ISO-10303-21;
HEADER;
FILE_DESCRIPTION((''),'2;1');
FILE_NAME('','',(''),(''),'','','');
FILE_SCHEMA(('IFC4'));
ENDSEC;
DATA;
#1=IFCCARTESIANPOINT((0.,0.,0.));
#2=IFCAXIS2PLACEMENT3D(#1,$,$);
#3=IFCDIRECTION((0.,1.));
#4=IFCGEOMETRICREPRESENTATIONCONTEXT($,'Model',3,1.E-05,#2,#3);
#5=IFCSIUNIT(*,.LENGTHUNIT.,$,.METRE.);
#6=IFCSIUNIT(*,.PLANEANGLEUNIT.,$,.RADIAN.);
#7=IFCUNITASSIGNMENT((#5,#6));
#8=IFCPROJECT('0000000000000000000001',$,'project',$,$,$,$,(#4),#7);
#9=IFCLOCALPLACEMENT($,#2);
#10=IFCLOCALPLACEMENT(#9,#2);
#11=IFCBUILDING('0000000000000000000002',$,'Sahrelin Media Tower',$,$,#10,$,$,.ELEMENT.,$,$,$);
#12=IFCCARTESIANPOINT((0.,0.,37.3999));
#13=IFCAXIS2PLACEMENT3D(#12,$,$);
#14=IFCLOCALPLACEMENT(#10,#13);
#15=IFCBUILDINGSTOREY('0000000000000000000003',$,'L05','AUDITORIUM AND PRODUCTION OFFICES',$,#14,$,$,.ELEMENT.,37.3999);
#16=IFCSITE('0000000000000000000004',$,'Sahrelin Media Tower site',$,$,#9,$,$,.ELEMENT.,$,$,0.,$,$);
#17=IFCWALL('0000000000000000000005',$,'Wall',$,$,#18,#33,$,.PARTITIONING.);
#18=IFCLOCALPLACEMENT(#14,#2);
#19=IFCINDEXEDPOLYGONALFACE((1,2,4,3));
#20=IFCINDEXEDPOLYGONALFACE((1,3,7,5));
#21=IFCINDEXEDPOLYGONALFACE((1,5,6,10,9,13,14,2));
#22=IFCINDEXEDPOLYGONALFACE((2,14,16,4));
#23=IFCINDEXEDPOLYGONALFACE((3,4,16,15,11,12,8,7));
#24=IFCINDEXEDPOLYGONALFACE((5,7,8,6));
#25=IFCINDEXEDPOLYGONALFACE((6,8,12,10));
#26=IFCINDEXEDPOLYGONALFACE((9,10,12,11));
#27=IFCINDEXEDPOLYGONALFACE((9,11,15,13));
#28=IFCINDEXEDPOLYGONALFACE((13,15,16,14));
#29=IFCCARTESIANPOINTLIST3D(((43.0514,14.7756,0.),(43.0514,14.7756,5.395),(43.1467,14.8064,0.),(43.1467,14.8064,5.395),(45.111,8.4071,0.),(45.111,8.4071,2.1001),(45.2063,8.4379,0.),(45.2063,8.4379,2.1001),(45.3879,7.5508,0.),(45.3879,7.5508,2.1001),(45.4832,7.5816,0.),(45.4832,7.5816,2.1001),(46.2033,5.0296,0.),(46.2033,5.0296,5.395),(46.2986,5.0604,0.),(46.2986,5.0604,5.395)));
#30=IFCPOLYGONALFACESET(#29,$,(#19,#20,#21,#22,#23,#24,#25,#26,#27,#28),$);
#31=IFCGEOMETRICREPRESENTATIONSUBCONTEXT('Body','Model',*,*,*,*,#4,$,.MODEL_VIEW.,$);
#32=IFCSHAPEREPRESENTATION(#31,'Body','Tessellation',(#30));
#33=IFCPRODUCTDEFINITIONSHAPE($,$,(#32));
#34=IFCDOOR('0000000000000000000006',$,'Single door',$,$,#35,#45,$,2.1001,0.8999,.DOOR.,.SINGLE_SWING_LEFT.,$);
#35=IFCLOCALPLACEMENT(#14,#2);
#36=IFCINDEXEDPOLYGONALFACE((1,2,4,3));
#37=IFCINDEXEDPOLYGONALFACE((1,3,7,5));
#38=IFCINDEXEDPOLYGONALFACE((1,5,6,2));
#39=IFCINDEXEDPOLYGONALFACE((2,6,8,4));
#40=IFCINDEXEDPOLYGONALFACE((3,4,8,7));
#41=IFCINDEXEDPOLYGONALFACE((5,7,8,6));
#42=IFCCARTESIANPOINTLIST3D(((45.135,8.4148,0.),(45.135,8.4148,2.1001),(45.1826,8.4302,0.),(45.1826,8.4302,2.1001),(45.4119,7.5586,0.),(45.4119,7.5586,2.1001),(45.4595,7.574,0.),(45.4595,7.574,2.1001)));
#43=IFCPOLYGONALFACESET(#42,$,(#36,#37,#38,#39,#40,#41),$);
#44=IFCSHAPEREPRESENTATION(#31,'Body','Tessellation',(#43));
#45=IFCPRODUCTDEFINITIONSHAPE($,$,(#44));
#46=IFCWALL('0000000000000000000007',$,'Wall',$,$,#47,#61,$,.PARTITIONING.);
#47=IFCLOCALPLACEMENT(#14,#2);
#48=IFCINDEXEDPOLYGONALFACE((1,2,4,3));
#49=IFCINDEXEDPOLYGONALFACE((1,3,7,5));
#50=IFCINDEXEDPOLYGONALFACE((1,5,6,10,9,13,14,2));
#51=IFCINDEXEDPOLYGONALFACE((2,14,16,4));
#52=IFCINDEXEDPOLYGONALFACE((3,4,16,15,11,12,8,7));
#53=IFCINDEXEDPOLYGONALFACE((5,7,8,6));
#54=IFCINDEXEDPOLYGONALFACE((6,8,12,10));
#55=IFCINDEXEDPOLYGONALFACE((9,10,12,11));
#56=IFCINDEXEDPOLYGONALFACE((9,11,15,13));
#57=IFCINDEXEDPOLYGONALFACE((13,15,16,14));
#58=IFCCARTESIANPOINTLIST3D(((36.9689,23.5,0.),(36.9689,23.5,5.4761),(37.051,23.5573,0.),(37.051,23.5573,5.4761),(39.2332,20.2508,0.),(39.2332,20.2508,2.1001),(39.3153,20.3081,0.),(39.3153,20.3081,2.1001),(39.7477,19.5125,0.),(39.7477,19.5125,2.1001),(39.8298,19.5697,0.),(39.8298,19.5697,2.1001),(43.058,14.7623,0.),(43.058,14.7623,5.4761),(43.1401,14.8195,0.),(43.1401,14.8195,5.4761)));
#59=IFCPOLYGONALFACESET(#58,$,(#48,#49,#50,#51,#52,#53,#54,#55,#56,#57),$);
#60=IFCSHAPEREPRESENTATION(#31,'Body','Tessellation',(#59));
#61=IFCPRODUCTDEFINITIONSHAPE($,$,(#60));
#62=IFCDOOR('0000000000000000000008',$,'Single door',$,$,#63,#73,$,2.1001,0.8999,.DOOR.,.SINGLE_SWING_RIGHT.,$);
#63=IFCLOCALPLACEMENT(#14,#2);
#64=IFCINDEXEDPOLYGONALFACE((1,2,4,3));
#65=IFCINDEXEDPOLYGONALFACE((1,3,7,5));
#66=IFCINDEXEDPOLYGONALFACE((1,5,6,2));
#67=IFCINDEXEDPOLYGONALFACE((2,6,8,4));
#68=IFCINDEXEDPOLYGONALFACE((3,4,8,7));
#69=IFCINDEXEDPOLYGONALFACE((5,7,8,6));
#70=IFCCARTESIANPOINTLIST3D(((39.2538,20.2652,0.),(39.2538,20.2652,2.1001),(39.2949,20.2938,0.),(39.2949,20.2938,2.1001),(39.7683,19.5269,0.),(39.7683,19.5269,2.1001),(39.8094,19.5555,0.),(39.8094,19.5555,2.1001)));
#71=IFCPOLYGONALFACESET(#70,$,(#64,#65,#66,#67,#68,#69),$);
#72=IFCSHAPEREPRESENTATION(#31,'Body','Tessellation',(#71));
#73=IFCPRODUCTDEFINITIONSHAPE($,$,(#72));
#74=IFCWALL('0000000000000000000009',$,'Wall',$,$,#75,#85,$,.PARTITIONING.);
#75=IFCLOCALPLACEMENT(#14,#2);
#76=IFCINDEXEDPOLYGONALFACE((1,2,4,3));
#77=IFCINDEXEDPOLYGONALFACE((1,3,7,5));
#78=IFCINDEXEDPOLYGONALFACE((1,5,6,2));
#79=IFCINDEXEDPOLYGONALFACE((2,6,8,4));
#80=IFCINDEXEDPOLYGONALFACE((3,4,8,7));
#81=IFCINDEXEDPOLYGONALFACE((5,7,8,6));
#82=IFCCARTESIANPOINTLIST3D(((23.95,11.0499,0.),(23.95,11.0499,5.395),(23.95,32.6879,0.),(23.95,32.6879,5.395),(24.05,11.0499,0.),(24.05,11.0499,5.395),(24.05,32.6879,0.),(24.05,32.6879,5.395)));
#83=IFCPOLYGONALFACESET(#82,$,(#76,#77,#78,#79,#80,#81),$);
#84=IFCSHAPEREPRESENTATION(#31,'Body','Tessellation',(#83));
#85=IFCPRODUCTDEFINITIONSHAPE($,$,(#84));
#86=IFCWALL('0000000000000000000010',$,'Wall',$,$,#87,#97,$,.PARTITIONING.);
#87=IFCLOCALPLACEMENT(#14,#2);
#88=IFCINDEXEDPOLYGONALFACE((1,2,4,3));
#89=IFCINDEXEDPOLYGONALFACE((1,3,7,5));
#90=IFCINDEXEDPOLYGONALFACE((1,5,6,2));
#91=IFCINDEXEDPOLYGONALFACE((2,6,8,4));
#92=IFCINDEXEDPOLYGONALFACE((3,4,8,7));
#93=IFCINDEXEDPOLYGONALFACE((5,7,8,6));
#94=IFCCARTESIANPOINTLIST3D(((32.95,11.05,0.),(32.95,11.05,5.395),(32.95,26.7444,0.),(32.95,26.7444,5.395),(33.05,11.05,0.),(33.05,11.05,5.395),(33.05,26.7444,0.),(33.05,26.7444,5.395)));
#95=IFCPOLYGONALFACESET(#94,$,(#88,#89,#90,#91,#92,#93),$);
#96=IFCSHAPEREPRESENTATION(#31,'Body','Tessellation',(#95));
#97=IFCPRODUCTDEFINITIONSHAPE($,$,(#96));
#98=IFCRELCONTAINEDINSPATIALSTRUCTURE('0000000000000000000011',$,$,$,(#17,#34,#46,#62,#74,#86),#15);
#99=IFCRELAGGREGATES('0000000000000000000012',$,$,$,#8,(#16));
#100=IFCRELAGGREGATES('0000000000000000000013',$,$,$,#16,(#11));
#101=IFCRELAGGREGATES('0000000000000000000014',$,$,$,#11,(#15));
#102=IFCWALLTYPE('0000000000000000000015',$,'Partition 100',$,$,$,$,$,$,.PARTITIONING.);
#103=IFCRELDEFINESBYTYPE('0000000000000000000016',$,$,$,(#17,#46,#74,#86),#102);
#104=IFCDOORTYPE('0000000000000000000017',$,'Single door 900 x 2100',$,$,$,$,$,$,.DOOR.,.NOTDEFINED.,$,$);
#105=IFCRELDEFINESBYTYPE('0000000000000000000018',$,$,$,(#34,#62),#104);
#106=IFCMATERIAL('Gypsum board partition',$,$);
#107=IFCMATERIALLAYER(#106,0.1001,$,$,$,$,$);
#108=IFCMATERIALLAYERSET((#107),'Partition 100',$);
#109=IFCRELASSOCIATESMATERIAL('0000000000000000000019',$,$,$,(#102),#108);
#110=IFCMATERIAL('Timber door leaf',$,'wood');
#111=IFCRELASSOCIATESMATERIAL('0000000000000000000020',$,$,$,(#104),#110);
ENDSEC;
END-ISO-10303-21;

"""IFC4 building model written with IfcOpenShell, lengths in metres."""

from ifc_helpers import new_model, si_unit, direction, frame, frame_2d, origin, place, context, subcontext, project, spatial, rectangle, extrude, material, layer, layer_set, type_object, element, fill, save


model = new_model("IFC4")

# Units and contexts
model_context = context("Model", 3, precision=1e-05, world=origin(), true_north=direction((0.0, 1.0)))
body_context = subcontext(model_context, "Body", "Model", "MODEL_VIEW")
ifc_project = project(units=[si_unit("LENGTHUNIT", "METRE"), si_unit("PLANEANGLEUNIT", "RADIAN")], contexts=[model_context])

# Site, building, storey
site_placement = place(None, origin())
site = spatial("IfcSite", under=ifc_project, at=site_placement, Name="Sahrelin Media Tower site", CompositionType="ELEMENT", RefElevation=0.0)
building_placement = place(site_placement, origin())
building = spatial("IfcBuilding", under=site, at=building_placement, Name="Sahrelin Media Tower", CompositionType="ELEMENT")
storey_placement = place(building_placement, frame((0.0, 0.0, 37.3999)))
storey = spatial("IfcBuildingStorey", under=building, at=storey_placement, Name="L05", Description="AUDITORIUM AND PRODUCTION OFFICES", CompositionType="ELEMENT", Elevation=37.3999)

# Walls, openings, doors
ifc_material_1 = material(Name="Gypsum board partition")
ifc_layer_1 = layer(ifc_material_1, 0.1001)
ifc_layer_set_1 = layer_set([ifc_layer_1], Name="Partition 100")
wall_type = type_object("IfcWallType", Name="Partition 100", PredefinedType="PARTITIONING", material=ifc_layer_set_1)
wall_1_placement = place(storey_placement, frame((46.251, 5.0449, 0.0), z_axis=(0.0, 0.0, 1.0), x_axis=(-0.307713, 0.951479, 0.0)))
wall_1 = element("IfcWall", 1, at=wall_1_placement, inside=storey, type_object=wall_type, Name="Wall", PredefinedType="PARTITIONING", context=body_context, shape_type="SweptSolid", body=[
    extrude(rectangle(XDim=10.2429, YDim=0.1001, at=frame_2d((5.1216, 0.0))), origin(), (0.0, 0.0, 1.0), 5.395),
])
opening_1_placement = place(wall_1_placement, frame((2.6499, 0.0, 0.0)))
opening_1 = element("IfcOpeningElement", 2, at=opening_1_placement, cuts=wall_1, PredefinedType="OPENING", context=body_context, shape_type="SweptSolid", body=[
    extrude(rectangle(XDim=0.8999, YDim=2.1001, at=frame_2d((0.45, 1.05))), frame((0.0, 0.05, 0.0), z_axis=(0.0, -1.0, 0.0), x_axis=(1.0, 0.0, 0.0)), (0.0, 0.0, 1.0), 0.1001),
])
ifc_material_2 = material(Name="Timber door leaf", Category="wood")
door_type = type_object("IfcDoorType", Name="Single door 900 x 2100", OperationType="NOTDEFINED", PredefinedType="DOOR", material=ifc_material_2)
door_1_placement = place(opening_1_placement, origin())
door_1 = element("IfcDoor", 3, at=door_1_placement, inside=storey, type_object=door_type, Name="Single door", OperationType="SINGLE_SWING_LEFT", OverallHeight=2.1001, OverallWidth=0.8999, PredefinedType="DOOR", context=body_context, shape_type="SweptSolid", body=[
    extrude(rectangle(XDim=0.8999, YDim=2.1001, at=frame_2d((0.45, 1.05))), frame((0.0, 0.0249, 0.0), z_axis=(0.0, -1.0, 0.0), x_axis=(1.0, 0.0, 0.0)), (0.0, 0.0, 1.0), 0.05),
])
fill(opening_1, door_1)
wall_2_placement = place(storey_placement, frame((43.0991, 14.7908, 0.0), z_axis=(0.0, 0.0, 1.0), x_axis=(-0.571738, 0.820436, 0.0)))
wall_2 = element("IfcWall", 4, at=wall_2_placement, inside=storey, type_object=wall_type, Name="Wall", PredefinedType="PARTITIONING", context=body_context, shape_type="SweptSolid", body=[
    extrude(rectangle(XDim=10.6501, YDim=0.1001, at=frame_2d((5.3252, 0.0))), origin(), (0.0, 0.0, 1.0), 5.4761),
])
opening_2_placement = place(wall_2_placement, frame((5.79, 0.0, 0.0)))
opening_2 = element("IfcOpeningElement", 5, at=opening_2_placement, cuts=wall_2, PredefinedType="OPENING", context=body_context, shape_type="SweptSolid", body=[
    extrude(rectangle(XDim=0.8999, YDim=2.1001, at=frame_2d((0.45, 1.05))), frame((0.0, 0.05, 0.0), z_axis=(0.0, -1.0, 0.0), x_axis=(1.0, 0.0, 0.0)), (0.0, 0.0, 1.0), 0.1001),
])
door_2_placement = place(opening_2_placement, origin())
door_2 = element("IfcDoor", 6, at=door_2_placement, inside=storey, type_object=door_type, Name="Single door", OperationType="SINGLE_SWING_RIGHT", OverallHeight=2.1001, OverallWidth=0.8999, PredefinedType="DOOR", context=body_context, shape_type="SweptSolid", body=[
    extrude(rectangle(XDim=0.8999, YDim=2.1001, at=frame_2d((0.45, 1.05))), frame((0.0, 0.0249, 0.0), z_axis=(0.0, -1.0, 0.0), x_axis=(1.0, 0.0, 0.0)), (0.0, 0.0, 1.0), 0.05),
])
fill(opening_2, door_2)

# Walls
wall_3_placement = place(storey_placement, frame((24.0, 11.05, 0.0), z_axis=(0.0, 0.0, 1.0), x_axis=(0.0, 1.0, 0.0)))
element("IfcWall", 7, at=wall_3_placement, inside=storey, type_object=wall_type, Name="Wall", PredefinedType="PARTITIONING", context=body_context, shape_type="SweptSolid", body=[
    extrude(rectangle(XDim=21.6379, YDim=0.1001, at=frame_2d((10.8188, 0.0))), origin(), (0.0, 0.0, 1.0), 5.395),
])
wall_4_placement = place(storey_placement, frame((33.0, 11.05, 0.0), z_axis=(0.0, 0.0, 1.0), x_axis=(0.0, 1.0, 0.0)))
element("IfcWall", 8, at=wall_4_placement, inside=storey, type_object=wall_type, Name="Wall", PredefinedType="PARTITIONING", context=body_context, shape_type="SweptSolid", body=[
    extrude(rectangle(XDim=15.6943, YDim=0.1001, at=frame_2d((7.8472, 0.0))), origin(), (0.0, 0.0, 1.0), 5.395),
])

save(model, "model.ifc")
